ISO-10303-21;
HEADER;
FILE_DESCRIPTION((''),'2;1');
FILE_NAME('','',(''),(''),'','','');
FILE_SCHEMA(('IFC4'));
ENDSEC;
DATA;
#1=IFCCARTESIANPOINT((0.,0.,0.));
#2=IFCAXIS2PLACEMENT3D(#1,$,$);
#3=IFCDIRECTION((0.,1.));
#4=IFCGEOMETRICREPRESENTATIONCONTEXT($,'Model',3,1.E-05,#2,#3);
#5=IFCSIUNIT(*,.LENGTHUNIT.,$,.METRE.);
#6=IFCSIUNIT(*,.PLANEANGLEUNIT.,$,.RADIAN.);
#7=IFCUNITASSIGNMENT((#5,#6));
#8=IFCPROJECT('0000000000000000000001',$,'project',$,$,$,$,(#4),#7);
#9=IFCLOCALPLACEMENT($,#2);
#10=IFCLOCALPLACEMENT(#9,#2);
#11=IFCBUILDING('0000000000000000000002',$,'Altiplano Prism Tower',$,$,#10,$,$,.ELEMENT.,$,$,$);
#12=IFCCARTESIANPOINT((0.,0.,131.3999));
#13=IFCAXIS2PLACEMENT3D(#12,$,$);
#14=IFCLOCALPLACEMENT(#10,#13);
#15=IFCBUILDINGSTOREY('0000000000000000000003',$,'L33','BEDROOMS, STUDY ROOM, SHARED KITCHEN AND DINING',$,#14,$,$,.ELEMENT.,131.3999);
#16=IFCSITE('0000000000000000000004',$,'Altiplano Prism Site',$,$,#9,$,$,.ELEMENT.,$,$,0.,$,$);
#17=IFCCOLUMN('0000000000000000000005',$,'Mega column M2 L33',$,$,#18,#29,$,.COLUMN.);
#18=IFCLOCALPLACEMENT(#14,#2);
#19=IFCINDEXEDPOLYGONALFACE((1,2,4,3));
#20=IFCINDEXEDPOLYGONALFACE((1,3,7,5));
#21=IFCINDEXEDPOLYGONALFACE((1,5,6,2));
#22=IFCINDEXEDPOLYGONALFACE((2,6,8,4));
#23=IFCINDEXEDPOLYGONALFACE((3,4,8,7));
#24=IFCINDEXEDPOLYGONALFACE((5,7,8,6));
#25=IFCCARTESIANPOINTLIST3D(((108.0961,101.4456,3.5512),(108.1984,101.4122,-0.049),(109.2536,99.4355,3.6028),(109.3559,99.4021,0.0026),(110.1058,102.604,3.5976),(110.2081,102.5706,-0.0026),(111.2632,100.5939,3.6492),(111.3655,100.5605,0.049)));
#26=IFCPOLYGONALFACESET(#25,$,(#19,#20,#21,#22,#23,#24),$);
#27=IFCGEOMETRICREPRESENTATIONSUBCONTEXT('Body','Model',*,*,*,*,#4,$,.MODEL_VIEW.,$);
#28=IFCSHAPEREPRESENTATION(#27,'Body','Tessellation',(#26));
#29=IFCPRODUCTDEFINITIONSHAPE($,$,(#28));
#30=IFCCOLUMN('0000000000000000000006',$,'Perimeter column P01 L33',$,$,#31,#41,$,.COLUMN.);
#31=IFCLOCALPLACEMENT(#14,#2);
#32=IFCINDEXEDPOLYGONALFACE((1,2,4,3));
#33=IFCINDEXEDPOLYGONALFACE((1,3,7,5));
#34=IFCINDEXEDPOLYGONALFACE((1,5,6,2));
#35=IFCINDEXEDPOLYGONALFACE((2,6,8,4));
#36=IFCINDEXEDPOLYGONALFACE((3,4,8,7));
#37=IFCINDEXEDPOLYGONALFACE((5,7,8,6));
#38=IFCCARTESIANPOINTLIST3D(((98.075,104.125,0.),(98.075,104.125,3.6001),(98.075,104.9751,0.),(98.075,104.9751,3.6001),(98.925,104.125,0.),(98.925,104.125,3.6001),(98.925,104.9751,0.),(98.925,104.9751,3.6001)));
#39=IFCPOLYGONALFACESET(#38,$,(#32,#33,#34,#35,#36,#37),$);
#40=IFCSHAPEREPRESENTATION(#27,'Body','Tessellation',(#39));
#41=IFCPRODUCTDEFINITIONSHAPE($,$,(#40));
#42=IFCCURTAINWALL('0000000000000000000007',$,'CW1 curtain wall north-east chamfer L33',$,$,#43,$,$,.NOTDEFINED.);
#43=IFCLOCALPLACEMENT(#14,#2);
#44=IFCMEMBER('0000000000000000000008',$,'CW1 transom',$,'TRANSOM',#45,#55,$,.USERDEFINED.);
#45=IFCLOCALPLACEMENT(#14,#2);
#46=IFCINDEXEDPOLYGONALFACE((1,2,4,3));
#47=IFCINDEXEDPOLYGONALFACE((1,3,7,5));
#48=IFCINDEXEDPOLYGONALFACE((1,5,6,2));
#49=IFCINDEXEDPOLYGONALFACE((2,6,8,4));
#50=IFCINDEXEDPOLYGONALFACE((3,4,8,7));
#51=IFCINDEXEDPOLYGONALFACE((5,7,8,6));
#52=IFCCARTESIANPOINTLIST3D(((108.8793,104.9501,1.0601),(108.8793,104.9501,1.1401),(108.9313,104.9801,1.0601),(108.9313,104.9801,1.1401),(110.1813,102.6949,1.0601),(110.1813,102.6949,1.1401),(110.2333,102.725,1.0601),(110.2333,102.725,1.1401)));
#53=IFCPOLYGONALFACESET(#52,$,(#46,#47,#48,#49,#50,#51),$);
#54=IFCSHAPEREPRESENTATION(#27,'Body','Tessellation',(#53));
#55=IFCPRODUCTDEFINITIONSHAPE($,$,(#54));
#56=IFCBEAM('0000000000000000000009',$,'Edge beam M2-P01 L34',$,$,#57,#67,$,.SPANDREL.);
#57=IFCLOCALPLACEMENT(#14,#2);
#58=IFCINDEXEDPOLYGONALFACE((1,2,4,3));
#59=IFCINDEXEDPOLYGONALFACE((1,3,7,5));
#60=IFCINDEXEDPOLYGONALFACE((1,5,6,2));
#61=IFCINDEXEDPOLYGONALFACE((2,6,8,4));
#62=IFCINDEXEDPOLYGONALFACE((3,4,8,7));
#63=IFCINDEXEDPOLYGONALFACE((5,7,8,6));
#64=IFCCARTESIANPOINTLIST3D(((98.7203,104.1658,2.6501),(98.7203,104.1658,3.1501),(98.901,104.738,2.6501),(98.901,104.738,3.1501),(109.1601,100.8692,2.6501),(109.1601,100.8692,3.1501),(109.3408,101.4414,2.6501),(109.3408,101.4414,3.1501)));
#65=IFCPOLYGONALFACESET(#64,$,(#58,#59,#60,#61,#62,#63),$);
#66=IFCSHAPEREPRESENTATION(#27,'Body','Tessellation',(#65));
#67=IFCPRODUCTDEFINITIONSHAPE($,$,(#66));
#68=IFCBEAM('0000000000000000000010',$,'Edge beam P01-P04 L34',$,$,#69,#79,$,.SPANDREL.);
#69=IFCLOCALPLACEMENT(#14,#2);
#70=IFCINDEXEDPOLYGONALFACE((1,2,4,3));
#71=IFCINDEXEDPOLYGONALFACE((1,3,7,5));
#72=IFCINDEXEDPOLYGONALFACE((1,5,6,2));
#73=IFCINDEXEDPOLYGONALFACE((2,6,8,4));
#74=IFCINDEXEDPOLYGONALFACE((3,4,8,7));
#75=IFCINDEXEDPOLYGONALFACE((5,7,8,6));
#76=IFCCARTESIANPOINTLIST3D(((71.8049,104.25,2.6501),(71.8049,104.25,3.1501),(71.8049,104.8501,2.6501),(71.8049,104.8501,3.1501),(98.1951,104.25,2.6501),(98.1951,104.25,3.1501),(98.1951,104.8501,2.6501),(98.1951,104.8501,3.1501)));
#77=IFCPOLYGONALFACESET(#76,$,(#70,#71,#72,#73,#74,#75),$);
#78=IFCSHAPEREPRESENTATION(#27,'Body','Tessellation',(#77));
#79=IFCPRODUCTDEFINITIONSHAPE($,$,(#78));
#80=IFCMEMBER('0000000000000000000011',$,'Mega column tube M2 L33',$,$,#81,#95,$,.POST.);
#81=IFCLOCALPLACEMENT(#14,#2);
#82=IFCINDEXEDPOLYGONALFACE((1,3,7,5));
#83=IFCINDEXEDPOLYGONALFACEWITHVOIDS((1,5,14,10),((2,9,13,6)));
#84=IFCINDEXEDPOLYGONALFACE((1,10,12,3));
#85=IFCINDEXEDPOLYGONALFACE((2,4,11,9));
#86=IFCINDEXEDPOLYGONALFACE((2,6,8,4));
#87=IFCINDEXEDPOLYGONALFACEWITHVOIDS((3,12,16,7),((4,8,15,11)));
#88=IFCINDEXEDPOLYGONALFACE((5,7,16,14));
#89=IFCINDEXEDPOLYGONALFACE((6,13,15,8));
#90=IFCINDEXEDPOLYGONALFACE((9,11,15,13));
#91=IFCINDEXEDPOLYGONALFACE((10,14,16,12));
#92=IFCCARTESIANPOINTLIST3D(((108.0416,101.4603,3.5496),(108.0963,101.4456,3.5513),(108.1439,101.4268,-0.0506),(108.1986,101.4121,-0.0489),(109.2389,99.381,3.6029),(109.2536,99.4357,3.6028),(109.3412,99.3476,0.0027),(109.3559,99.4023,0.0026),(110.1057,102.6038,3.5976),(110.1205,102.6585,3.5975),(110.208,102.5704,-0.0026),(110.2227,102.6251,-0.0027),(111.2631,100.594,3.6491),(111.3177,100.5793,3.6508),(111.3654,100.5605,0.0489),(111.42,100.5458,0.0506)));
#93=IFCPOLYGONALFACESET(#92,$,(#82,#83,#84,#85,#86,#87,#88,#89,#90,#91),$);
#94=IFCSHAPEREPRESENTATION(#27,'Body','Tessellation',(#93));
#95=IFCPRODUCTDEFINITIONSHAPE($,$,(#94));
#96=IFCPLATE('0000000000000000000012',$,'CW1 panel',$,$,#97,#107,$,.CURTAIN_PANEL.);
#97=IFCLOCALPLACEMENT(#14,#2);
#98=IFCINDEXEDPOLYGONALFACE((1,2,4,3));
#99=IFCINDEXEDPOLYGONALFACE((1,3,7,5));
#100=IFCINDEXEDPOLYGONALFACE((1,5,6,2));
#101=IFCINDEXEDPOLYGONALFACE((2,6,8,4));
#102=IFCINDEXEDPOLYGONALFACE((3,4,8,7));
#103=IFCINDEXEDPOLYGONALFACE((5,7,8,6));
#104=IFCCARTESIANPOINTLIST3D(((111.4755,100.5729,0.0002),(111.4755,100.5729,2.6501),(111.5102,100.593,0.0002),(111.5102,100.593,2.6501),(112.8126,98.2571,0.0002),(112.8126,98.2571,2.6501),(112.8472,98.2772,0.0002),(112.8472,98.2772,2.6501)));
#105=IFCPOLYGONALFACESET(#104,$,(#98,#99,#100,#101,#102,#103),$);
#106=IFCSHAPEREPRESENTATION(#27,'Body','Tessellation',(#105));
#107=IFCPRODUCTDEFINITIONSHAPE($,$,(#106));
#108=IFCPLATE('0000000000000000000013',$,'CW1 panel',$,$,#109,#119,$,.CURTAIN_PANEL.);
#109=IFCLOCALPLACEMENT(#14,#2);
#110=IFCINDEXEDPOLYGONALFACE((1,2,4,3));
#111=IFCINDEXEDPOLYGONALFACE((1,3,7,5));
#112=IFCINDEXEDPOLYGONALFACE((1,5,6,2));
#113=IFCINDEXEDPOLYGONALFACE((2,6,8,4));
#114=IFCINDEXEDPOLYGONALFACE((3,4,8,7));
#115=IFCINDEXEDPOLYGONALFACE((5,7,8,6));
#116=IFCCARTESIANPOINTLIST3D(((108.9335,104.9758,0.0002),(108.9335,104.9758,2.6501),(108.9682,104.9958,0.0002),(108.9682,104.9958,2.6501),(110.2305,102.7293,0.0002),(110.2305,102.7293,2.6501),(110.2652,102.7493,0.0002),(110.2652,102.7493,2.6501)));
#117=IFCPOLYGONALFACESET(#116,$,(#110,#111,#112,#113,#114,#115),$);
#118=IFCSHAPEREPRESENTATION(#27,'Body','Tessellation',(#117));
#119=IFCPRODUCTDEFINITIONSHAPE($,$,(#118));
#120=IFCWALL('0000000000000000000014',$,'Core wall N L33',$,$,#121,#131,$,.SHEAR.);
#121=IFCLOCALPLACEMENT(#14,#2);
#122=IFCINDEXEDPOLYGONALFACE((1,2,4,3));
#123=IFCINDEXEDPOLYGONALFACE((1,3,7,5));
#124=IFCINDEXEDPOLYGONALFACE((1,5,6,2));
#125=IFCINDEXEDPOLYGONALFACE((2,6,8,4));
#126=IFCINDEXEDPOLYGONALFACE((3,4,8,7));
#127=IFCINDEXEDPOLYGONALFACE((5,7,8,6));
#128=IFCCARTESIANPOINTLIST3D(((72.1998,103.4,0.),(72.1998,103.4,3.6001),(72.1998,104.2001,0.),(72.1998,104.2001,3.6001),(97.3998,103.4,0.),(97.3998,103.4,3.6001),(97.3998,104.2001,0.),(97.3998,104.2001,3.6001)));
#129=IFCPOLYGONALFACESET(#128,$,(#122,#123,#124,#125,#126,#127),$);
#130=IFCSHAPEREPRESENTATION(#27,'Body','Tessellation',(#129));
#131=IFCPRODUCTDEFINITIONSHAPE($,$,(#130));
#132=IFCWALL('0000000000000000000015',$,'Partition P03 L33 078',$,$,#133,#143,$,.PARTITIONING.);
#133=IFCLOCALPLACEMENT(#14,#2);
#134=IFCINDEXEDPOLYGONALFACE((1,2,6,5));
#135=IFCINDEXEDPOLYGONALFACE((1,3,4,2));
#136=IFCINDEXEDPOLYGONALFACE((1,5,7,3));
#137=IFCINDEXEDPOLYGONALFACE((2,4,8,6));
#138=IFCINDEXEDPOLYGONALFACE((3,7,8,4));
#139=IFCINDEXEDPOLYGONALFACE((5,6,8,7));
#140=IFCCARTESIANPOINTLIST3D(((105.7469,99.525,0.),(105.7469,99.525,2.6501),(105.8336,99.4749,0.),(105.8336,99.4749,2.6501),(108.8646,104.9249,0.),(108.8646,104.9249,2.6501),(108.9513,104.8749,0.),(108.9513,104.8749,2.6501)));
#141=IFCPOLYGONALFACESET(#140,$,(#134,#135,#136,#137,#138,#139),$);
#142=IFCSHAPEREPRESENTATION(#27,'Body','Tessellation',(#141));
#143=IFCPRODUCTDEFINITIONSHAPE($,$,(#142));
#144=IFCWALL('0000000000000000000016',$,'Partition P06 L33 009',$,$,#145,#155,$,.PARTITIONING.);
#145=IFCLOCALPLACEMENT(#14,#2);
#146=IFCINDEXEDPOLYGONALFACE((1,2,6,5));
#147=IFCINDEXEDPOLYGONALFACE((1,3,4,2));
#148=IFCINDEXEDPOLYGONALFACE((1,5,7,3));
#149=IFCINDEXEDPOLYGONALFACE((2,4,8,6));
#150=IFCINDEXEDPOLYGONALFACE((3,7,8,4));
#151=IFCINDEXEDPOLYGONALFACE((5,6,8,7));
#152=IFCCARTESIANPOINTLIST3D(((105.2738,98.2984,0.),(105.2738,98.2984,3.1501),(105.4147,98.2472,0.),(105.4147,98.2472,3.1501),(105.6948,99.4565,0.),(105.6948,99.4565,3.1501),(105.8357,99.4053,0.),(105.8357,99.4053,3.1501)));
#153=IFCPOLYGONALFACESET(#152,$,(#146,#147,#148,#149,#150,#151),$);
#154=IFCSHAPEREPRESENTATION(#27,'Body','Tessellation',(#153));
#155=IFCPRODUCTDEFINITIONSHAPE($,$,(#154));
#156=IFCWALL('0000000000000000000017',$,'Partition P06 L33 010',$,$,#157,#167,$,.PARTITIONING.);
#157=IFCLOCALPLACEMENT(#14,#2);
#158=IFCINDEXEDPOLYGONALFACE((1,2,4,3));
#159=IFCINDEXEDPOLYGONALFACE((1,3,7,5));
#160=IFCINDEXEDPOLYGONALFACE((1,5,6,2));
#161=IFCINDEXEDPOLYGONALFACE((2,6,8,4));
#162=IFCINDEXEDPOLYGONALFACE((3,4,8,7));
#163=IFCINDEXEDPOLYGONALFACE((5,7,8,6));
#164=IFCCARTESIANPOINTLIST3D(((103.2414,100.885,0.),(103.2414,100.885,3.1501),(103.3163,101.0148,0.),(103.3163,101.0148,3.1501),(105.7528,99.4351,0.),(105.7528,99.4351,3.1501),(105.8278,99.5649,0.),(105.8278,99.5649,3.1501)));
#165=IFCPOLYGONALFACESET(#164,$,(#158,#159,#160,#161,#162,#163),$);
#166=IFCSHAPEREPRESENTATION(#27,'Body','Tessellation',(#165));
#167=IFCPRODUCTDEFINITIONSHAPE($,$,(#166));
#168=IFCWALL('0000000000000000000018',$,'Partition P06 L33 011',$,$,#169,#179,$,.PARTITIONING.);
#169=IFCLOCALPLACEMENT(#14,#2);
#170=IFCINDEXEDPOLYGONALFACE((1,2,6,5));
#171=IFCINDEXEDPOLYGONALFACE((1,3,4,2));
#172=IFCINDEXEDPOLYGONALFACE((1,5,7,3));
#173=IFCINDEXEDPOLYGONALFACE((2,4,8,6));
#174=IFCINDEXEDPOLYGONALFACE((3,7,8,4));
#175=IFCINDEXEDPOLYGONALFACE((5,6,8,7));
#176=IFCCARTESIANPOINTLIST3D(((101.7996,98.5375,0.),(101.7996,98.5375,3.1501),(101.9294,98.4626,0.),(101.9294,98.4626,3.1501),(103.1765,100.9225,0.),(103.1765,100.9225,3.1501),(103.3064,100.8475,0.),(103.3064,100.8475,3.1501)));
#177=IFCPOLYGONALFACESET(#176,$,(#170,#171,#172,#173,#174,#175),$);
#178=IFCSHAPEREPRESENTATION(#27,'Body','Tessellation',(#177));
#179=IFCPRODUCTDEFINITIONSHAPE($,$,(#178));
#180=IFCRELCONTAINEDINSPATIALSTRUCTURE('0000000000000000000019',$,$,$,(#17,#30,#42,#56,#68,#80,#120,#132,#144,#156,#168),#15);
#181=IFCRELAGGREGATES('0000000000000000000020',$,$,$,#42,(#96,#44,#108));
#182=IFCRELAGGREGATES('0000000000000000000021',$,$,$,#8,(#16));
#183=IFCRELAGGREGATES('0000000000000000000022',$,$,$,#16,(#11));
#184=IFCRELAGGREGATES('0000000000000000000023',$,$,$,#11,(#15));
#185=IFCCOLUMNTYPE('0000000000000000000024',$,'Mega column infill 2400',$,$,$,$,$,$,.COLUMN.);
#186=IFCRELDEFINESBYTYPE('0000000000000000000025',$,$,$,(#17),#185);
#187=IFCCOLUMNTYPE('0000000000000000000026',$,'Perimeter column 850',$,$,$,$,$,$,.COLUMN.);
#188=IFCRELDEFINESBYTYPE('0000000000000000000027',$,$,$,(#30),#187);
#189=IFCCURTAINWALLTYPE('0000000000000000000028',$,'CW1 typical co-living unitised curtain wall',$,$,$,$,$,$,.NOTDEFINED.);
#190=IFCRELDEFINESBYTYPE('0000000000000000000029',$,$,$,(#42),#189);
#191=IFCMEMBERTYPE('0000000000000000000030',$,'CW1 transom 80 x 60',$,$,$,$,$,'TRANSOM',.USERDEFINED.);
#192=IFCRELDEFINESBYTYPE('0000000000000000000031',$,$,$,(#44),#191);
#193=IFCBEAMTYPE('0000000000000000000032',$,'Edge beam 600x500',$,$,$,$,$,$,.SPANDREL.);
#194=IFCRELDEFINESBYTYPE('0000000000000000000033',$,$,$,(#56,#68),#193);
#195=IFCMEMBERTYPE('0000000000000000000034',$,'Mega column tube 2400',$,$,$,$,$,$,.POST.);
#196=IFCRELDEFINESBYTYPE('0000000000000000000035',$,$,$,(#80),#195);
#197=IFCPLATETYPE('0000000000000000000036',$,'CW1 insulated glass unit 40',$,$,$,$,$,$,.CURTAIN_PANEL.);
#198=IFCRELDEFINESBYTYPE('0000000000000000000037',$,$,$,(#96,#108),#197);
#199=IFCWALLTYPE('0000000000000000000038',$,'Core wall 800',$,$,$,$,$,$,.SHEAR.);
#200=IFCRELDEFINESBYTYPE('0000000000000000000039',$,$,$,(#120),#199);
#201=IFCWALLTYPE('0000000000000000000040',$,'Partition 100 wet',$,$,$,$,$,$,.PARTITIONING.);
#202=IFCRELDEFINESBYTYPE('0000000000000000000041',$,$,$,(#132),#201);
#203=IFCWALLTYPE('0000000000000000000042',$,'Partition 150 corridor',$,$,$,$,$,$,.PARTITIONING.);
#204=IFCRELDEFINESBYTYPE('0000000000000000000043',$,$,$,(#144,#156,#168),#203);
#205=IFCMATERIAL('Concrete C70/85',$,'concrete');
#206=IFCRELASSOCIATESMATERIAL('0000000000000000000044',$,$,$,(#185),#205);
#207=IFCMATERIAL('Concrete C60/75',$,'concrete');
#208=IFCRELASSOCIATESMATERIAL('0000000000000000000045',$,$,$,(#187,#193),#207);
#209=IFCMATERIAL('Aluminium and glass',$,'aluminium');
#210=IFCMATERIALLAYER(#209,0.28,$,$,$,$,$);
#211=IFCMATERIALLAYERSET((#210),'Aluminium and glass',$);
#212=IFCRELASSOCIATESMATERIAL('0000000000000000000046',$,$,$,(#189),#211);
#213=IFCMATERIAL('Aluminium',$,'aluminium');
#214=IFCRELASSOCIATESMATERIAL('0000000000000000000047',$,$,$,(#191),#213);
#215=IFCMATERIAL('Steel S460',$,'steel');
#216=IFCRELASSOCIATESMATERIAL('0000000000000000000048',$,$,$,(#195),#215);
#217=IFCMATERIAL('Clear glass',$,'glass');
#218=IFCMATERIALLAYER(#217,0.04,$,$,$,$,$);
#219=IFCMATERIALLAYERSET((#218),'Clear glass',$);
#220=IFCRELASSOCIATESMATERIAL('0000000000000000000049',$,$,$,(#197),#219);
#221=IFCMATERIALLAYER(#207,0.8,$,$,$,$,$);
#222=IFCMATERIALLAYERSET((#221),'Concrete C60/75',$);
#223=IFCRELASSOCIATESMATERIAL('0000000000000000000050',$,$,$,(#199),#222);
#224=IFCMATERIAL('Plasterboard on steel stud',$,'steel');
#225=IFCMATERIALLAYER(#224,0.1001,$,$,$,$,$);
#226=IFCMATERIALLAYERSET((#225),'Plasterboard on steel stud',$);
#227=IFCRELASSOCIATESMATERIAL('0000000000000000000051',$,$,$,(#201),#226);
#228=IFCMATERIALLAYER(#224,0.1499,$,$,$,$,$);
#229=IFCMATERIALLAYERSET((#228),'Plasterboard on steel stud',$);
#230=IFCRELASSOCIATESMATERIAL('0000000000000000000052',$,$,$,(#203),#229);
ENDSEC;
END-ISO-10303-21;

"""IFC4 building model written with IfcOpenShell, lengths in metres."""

from ifc_helpers import new_model, si_unit, direction, frame, frame_2d, origin, origin_2d, place, context, subcontext, project, spatial, rectangle, hollow_rectangle, extrude, material, layer, layer_set, material_profile, profile_set, type_object, element, aggregate, save


model = new_model("IFC4")

# Units and contexts
model_context = context("Model", 3, precision=1e-05, world=origin(), true_north=direction((0.0, 1.0)))
body_context = subcontext(model_context, "Body", "Model", "MODEL_VIEW")
ifc_project = project(units=[si_unit("LENGTHUNIT", "METRE"), si_unit("PLANEANGLEUNIT", "RADIAN")], contexts=[model_context])

# Site, building, storey
site_placement = place(None, origin())
site = spatial("IfcSite", under=ifc_project, at=site_placement, Name="Altiplano Prism Site", CompositionType="ELEMENT", RefElevation=0.0)
building_placement = place(site_placement, origin())
building = spatial("IfcBuilding", under=site, at=building_placement, Name="Altiplano Prism Tower", CompositionType="ELEMENT")
storey_placement = place(building_placement, frame((0.0, 0.0, 131.3999)))
storey = spatial("IfcBuildingStorey", under=building, at=storey_placement, Name="L33", Description="BEDROOMS, STUDY ROOM, SHARED KITCHEN AND DINING", CompositionType="ELEMENT", Elevation=131.3999)

# Columns
ifc_material_1 = material(Name="Concrete C70/85", Category="concrete")
ifc_material_profile_1 = material_profile(ifc_material_1, rectangle(XDim=2.3201, YDim=2.3201, at=origin_2d()), Name="Mega column infill 2400")
ifc_profile_set_1 = profile_set([ifc_material_profile_1], Name="Concrete C70/85")
column_type_1 = type_object("IfcColumnType", Name="Mega column infill 2400", PredefinedType="COLUMN", material=ifc_profile_set_1)
column_1_placement = place(storey_placement, frame((109.782, 100.9863, 0.0), z_axis=(-0.028402, 0.009287, 0.999553), x_axis=(0.498884, -0.866384, 0.022225)))
element("IfcColumn", 1, at=column_1_placement, inside=storey, type_object=column_type_1, Name="Mega column M2 L33", PredefinedType="COLUMN", context=body_context, shape_type="SweptSolid", body=[
    extrude(rectangle(XDim=2.3201, YDim=2.3201, at=origin_2d()), origin(), (0.0, 0.0, 1.0), 3.6018),
])
ifc_material_2 = material(Name="Concrete C60/75", Category="concrete")
ifc_material_profile_2 = material_profile(ifc_material_2, rectangle(XDim=0.8501, YDim=0.8501, at=origin_2d()), Name="Perimeter column 850")
ifc_profile_set_2 = profile_set([ifc_material_profile_2], Name="Concrete C60/75")
column_type_2 = type_object("IfcColumnType", Name="Perimeter column 850", PredefinedType="COLUMN", material=ifc_profile_set_2)
column_2_placement = place(storey_placement, frame((98.5, 104.55, 0.0), z_axis=(0.0, 0.0, 1.0), x_axis=(1.0, 0.0, 0.0)))
element("IfcColumn", 2, at=column_2_placement, inside=storey, type_object=column_type_2, Name="Perimeter column P01 L33", PredefinedType="COLUMN", context=body_context, shape_type="SweptSolid", body=[
    extrude(rectangle(XDim=0.8501, YDim=0.8501, at=origin_2d()), origin(), (0.0, 0.0, 1.0), 3.6001),
])

# Curtain wall, member
ifc_material_3 = material(Name="Aluminium and glass", Category="aluminium")
ifc_layer_1 = layer(ifc_material_3, 0.28)
ifc_layer_set_1 = layer_set([ifc_layer_1], Name="Aluminium and glass")
curtain_wall_type = type_object("IfcCurtainWallType", Name="CW1 typical co-living unitised curtain wall", PredefinedType="NOTDEFINED", material=ifc_layer_set_1)
curtain_wall_placement = place(storey_placement, origin())
curtain_wall = element("IfcCurtainWall", 3, at=curtain_wall_placement, inside=storey, type_object=curtain_wall_type, Name="CW1 curtain wall north-east chamfer L33", PredefinedType="NOTDEFINED")
ifc_material_4 = material(Name="Aluminium", Category="aluminium")
ifc_material_profile_3 = material_profile(ifc_material_4, rectangle(XDim=0.0601, YDim=0.0801, at=origin_2d()), Name="CW1 transom 80 x 60")
ifc_profile_set_3 = profile_set([ifc_material_profile_3], Name="Aluminium")
member_type_1 = type_object("IfcMemberType", Name="CW1 transom 80 x 60", ElementType="TRANSOM", PredefinedType="USERDEFINED", material=ifc_profile_set_3)
member_1_placement = place(storey_placement, frame((110.2073, 102.71, 1.1001), z_axis=(-0.500001, 0.866025, 0.0), x_axis=(-0.866025, -0.500001, 0.0)))
member_1 = element("IfcMember", 4, at=member_1_placement, type_object=member_type_1, Name="CW1 transom", ObjectType="TRANSOM", PredefinedType="USERDEFINED", context=body_context, shape_type="SweptSolid", body=[
    extrude(rectangle(XDim=0.0601, YDim=0.0801, at=origin_2d()), origin(), (0.0, 0.0, 1.0), 2.604),
])

# Beams
ifc_material_profile_4 = material_profile(ifc_material_2, rectangle(XDim=0.6001, YDim=0.5, at=origin_2d()), Name="Edge beam 600x500")
ifc_profile_set_4 = profile_set([ifc_material_profile_4], Name="Concrete C60/75")
beam_type = type_object("IfcBeamType", Name="Edge beam 600x500", PredefinedType="SPANDREL", material=ifc_profile_set_4)
beam_1_placement = place(storey_placement, frame((109.2505, 101.1553, 2.9001), z_axis=(-0.953588, 0.301115, 0.0), x_axis=(-0.301115, -0.953588, 0.0)))
element("IfcBeam", 5, at=beam_1_placement, inside=storey, type_object=beam_type, Name="Edge beam M2-P01 L34", PredefinedType="SPANDREL", context=body_context, shape_type="SweptSolid", body=[
    extrude(rectangle(XDim=0.6001, YDim=0.5, at=origin_2d()), origin(), (0.0, 0.0, 1.0), 10.948),
])
beam_2_placement = place(storey_placement, frame((98.1951, 104.55, 2.9001), z_axis=(-1.0, 0.0, 0.0), x_axis=(0.0, -1.0, 0.0)))
element("IfcBeam", 6, at=beam_2_placement, inside=storey, type_object=beam_type, Name="Edge beam P01-P04 L34", PredefinedType="SPANDREL", context=body_context, shape_type="SweptSolid", body=[
    extrude(rectangle(XDim=0.6001, YDim=0.5, at=origin_2d()), origin(), (0.0, 0.0, 1.0), 26.3901),
])

# Member
ifc_material_5 = material(Name="Steel S460", Category="steel")
ifc_material_profile_5 = material_profile(ifc_material_5, hollow_rectangle(XDim=2.3999, YDim=2.3999, WallThickness=0.04, at=origin_2d()), Name="Mega column tube 2400")
ifc_profile_set_5 = profile_set([ifc_material_profile_5], Name="Steel S460")
member_type_2 = type_object("IfcMemberType", Name="Mega column tube 2400", PredefinedType="POST", material=ifc_profile_set_5)
member_2_placement = place(storey_placement, frame((109.782, 100.9863, 0.0), z_axis=(-0.028402, 0.009287, 0.999553), x_axis=(0.498884, -0.866384, 0.022225)))
element("IfcMember", 7, at=member_2_placement, inside=storey, type_object=member_type_2, Name="Mega column tube M2 L33", PredefinedType="POST", context=body_context, shape_type="SweptSolid", body=[
    extrude(hollow_rectangle(XDim=2.3999, YDim=2.3999, WallThickness=0.04, at=origin_2d()), origin(), (0.0, 0.0, 1.0), 3.6018),
])

# Plates
ifc_material_6 = material(Name="Clear glass", Category="glass")
ifc_layer_2 = layer(ifc_material_6, 0.04)
ifc_layer_set_2 = layer_set([ifc_layer_2], Name="Clear glass")
plate_type = type_object("IfcPlateType", Name="CW1 insulated glass unit 40", PredefinedType="CURTAIN_PANEL", material=ifc_layer_set_2)
plate_1_placement = place(storey_placement, frame((112.1614, 99.425, 0.0002), z_axis=(0.0, 0.0, 1.0), x_axis=(-0.5, 0.866025, 0.0)))
plate_1 = element("IfcPlate", 8, at=plate_1_placement, type_object=plate_type, Name="CW1 panel", PredefinedType="CURTAIN_PANEL", context=body_context, shape_type="SweptSolid", body=[
    extrude(rectangle(XDim=2.6741, YDim=0.04, at=origin_2d()), origin(), (0.0, 0.0, 1.0), 2.6499),
])
plate_2_placement = place(storey_placement, frame((109.5994, 103.8625, 0.0002), z_axis=(0.0, 0.0, 1.0), x_axis=(-0.5, 0.866025, 0.0)))
plate_2 = element("IfcPlate", 9, at=plate_2_placement, type_object=plate_type, Name="CW1 panel", PredefinedType="CURTAIN_PANEL", context=body_context, shape_type="SweptSolid", body=[
    extrude(rectangle(XDim=2.594, YDim=0.04, at=origin_2d()), origin(), (0.0, 0.0, 1.0), 2.6499),
])
aggregate(curtain_wall, [plate_1, member_1, plate_2])

# Walls
ifc_layer_3 = layer(ifc_material_2, 0.8)
ifc_layer_set_3 = layer_set([ifc_layer_3], Name="Concrete C60/75")
wall_type_1 = type_object("IfcWallType", Name="Core wall 800", PredefinedType="SHEAR", material=ifc_layer_set_3)
wall_1_placement = place(storey_placement, frame((97.3999, 103.8, 0.0), z_axis=(0.0, 0.0, 1.0), x_axis=(-1.0, 0.0, 0.0)))
element("IfcWall", 10, at=wall_1_placement, inside=storey, type_object=wall_type_1, Name="Core wall N L33", PredefinedType="SHEAR", context=body_context, shape_type="SweptSolid", body=[
    extrude(rectangle(XDim=25.2, YDim=0.8, at=frame_2d((12.6001, 0.0))), origin(), (0.0, 0.0, 1.0), 3.6001),
])
ifc_material_7 = material(Name="Plasterboard on steel stud", Category="steel")
ifc_layer_4 = layer(ifc_material_7, 0.1001)
ifc_layer_set_4 = layer_set([ifc_layer_4], Name="Plasterboard on steel stud")
wall_type_2 = type_object("IfcWallType", Name="Partition 100 wet", PredefinedType="PARTITIONING", material=ifc_layer_set_4)
wall_2_placement = place(storey_placement, frame((108.908, 104.8999, 0.0), z_axis=(0.0, 0.0, 1.0), x_axis=(-0.500005, -0.866023, 0.0)))
element("IfcWall", 11, at=wall_2_placement, inside=storey, type_object=wall_type_2, Name="Partition P03 L33 078", PredefinedType="PARTITIONING", context=body_context, shape_type="SweptSolid", body=[
    extrude(rectangle(XDim=6.2354, YDim=0.1001, at=frame_2d((3.1177, 0.0))), origin(), (0.0, 0.0, 1.0), 2.6501),
])
ifc_layer_5 = layer(ifc_material_7, 0.1499)
ifc_layer_set_5 = layer_set([ifc_layer_5], Name="Plasterboard on steel stud")
wall_type_3 = type_object("IfcWallType", Name="Partition 150 corridor", PredefinedType="PARTITIONING", material=ifc_layer_set_5)
wall_3_placement = place(storey_placement, frame((105.3442, 98.2727, 0.0), z_axis=(0.0, 0.0, 1.0), x_axis=(0.341616, 0.93984, 0.0)))
element("IfcWall", 12, at=wall_3_placement, inside=storey, type_object=wall_type_3, Name="Partition P06 L33 009", PredefinedType="PARTITIONING", context=body_context, shape_type="SweptSolid", body=[
    extrude(rectangle(XDim=1.2322, YDim=0.1499, at=frame_2d((0.6162, 0.0))), origin(), (0.0, 0.0, 1.0), 3.1501),
])
wall_4_placement = place(storey_placement, frame((105.7903, 99.5, 0.0), z_axis=(0.0, 0.0, 1.0), x_axis=(-0.866033, 0.499987, 0.0)))
element("IfcWall", 13, at=wall_4_placement, inside=storey, type_object=wall_type_3, Name="Partition P06 L33 010", PredefinedType="PARTITIONING", context=body_context, shape_type="SweptSolid", body=[
    extrude(rectangle(XDim=2.8999, YDim=0.1499, at=frame_2d((1.45, 0.0))), origin(), (0.0, 0.0, 1.0), 3.1501),
])
wall_5_placement = place(storey_placement, frame((103.2415, 100.885, 0.0), z_axis=(0.0, 0.0, 1.0), x_axis=(-0.499991, -0.866031, 0.0)))
element("IfcWall", 14, at=wall_5_placement, inside=storey, type_object=wall_type_3, Name="Partition P06 L33 011", PredefinedType="PARTITIONING", context=body_context, shape_type="SweptSolid", body=[
    extrude(rectangle(XDim=2.7539, YDim=0.1499, at=frame_2d((1.377, 0.0))), origin(), (0.0, 0.0, 1.0), 3.1501),
])

save(model, "model.ifc")
